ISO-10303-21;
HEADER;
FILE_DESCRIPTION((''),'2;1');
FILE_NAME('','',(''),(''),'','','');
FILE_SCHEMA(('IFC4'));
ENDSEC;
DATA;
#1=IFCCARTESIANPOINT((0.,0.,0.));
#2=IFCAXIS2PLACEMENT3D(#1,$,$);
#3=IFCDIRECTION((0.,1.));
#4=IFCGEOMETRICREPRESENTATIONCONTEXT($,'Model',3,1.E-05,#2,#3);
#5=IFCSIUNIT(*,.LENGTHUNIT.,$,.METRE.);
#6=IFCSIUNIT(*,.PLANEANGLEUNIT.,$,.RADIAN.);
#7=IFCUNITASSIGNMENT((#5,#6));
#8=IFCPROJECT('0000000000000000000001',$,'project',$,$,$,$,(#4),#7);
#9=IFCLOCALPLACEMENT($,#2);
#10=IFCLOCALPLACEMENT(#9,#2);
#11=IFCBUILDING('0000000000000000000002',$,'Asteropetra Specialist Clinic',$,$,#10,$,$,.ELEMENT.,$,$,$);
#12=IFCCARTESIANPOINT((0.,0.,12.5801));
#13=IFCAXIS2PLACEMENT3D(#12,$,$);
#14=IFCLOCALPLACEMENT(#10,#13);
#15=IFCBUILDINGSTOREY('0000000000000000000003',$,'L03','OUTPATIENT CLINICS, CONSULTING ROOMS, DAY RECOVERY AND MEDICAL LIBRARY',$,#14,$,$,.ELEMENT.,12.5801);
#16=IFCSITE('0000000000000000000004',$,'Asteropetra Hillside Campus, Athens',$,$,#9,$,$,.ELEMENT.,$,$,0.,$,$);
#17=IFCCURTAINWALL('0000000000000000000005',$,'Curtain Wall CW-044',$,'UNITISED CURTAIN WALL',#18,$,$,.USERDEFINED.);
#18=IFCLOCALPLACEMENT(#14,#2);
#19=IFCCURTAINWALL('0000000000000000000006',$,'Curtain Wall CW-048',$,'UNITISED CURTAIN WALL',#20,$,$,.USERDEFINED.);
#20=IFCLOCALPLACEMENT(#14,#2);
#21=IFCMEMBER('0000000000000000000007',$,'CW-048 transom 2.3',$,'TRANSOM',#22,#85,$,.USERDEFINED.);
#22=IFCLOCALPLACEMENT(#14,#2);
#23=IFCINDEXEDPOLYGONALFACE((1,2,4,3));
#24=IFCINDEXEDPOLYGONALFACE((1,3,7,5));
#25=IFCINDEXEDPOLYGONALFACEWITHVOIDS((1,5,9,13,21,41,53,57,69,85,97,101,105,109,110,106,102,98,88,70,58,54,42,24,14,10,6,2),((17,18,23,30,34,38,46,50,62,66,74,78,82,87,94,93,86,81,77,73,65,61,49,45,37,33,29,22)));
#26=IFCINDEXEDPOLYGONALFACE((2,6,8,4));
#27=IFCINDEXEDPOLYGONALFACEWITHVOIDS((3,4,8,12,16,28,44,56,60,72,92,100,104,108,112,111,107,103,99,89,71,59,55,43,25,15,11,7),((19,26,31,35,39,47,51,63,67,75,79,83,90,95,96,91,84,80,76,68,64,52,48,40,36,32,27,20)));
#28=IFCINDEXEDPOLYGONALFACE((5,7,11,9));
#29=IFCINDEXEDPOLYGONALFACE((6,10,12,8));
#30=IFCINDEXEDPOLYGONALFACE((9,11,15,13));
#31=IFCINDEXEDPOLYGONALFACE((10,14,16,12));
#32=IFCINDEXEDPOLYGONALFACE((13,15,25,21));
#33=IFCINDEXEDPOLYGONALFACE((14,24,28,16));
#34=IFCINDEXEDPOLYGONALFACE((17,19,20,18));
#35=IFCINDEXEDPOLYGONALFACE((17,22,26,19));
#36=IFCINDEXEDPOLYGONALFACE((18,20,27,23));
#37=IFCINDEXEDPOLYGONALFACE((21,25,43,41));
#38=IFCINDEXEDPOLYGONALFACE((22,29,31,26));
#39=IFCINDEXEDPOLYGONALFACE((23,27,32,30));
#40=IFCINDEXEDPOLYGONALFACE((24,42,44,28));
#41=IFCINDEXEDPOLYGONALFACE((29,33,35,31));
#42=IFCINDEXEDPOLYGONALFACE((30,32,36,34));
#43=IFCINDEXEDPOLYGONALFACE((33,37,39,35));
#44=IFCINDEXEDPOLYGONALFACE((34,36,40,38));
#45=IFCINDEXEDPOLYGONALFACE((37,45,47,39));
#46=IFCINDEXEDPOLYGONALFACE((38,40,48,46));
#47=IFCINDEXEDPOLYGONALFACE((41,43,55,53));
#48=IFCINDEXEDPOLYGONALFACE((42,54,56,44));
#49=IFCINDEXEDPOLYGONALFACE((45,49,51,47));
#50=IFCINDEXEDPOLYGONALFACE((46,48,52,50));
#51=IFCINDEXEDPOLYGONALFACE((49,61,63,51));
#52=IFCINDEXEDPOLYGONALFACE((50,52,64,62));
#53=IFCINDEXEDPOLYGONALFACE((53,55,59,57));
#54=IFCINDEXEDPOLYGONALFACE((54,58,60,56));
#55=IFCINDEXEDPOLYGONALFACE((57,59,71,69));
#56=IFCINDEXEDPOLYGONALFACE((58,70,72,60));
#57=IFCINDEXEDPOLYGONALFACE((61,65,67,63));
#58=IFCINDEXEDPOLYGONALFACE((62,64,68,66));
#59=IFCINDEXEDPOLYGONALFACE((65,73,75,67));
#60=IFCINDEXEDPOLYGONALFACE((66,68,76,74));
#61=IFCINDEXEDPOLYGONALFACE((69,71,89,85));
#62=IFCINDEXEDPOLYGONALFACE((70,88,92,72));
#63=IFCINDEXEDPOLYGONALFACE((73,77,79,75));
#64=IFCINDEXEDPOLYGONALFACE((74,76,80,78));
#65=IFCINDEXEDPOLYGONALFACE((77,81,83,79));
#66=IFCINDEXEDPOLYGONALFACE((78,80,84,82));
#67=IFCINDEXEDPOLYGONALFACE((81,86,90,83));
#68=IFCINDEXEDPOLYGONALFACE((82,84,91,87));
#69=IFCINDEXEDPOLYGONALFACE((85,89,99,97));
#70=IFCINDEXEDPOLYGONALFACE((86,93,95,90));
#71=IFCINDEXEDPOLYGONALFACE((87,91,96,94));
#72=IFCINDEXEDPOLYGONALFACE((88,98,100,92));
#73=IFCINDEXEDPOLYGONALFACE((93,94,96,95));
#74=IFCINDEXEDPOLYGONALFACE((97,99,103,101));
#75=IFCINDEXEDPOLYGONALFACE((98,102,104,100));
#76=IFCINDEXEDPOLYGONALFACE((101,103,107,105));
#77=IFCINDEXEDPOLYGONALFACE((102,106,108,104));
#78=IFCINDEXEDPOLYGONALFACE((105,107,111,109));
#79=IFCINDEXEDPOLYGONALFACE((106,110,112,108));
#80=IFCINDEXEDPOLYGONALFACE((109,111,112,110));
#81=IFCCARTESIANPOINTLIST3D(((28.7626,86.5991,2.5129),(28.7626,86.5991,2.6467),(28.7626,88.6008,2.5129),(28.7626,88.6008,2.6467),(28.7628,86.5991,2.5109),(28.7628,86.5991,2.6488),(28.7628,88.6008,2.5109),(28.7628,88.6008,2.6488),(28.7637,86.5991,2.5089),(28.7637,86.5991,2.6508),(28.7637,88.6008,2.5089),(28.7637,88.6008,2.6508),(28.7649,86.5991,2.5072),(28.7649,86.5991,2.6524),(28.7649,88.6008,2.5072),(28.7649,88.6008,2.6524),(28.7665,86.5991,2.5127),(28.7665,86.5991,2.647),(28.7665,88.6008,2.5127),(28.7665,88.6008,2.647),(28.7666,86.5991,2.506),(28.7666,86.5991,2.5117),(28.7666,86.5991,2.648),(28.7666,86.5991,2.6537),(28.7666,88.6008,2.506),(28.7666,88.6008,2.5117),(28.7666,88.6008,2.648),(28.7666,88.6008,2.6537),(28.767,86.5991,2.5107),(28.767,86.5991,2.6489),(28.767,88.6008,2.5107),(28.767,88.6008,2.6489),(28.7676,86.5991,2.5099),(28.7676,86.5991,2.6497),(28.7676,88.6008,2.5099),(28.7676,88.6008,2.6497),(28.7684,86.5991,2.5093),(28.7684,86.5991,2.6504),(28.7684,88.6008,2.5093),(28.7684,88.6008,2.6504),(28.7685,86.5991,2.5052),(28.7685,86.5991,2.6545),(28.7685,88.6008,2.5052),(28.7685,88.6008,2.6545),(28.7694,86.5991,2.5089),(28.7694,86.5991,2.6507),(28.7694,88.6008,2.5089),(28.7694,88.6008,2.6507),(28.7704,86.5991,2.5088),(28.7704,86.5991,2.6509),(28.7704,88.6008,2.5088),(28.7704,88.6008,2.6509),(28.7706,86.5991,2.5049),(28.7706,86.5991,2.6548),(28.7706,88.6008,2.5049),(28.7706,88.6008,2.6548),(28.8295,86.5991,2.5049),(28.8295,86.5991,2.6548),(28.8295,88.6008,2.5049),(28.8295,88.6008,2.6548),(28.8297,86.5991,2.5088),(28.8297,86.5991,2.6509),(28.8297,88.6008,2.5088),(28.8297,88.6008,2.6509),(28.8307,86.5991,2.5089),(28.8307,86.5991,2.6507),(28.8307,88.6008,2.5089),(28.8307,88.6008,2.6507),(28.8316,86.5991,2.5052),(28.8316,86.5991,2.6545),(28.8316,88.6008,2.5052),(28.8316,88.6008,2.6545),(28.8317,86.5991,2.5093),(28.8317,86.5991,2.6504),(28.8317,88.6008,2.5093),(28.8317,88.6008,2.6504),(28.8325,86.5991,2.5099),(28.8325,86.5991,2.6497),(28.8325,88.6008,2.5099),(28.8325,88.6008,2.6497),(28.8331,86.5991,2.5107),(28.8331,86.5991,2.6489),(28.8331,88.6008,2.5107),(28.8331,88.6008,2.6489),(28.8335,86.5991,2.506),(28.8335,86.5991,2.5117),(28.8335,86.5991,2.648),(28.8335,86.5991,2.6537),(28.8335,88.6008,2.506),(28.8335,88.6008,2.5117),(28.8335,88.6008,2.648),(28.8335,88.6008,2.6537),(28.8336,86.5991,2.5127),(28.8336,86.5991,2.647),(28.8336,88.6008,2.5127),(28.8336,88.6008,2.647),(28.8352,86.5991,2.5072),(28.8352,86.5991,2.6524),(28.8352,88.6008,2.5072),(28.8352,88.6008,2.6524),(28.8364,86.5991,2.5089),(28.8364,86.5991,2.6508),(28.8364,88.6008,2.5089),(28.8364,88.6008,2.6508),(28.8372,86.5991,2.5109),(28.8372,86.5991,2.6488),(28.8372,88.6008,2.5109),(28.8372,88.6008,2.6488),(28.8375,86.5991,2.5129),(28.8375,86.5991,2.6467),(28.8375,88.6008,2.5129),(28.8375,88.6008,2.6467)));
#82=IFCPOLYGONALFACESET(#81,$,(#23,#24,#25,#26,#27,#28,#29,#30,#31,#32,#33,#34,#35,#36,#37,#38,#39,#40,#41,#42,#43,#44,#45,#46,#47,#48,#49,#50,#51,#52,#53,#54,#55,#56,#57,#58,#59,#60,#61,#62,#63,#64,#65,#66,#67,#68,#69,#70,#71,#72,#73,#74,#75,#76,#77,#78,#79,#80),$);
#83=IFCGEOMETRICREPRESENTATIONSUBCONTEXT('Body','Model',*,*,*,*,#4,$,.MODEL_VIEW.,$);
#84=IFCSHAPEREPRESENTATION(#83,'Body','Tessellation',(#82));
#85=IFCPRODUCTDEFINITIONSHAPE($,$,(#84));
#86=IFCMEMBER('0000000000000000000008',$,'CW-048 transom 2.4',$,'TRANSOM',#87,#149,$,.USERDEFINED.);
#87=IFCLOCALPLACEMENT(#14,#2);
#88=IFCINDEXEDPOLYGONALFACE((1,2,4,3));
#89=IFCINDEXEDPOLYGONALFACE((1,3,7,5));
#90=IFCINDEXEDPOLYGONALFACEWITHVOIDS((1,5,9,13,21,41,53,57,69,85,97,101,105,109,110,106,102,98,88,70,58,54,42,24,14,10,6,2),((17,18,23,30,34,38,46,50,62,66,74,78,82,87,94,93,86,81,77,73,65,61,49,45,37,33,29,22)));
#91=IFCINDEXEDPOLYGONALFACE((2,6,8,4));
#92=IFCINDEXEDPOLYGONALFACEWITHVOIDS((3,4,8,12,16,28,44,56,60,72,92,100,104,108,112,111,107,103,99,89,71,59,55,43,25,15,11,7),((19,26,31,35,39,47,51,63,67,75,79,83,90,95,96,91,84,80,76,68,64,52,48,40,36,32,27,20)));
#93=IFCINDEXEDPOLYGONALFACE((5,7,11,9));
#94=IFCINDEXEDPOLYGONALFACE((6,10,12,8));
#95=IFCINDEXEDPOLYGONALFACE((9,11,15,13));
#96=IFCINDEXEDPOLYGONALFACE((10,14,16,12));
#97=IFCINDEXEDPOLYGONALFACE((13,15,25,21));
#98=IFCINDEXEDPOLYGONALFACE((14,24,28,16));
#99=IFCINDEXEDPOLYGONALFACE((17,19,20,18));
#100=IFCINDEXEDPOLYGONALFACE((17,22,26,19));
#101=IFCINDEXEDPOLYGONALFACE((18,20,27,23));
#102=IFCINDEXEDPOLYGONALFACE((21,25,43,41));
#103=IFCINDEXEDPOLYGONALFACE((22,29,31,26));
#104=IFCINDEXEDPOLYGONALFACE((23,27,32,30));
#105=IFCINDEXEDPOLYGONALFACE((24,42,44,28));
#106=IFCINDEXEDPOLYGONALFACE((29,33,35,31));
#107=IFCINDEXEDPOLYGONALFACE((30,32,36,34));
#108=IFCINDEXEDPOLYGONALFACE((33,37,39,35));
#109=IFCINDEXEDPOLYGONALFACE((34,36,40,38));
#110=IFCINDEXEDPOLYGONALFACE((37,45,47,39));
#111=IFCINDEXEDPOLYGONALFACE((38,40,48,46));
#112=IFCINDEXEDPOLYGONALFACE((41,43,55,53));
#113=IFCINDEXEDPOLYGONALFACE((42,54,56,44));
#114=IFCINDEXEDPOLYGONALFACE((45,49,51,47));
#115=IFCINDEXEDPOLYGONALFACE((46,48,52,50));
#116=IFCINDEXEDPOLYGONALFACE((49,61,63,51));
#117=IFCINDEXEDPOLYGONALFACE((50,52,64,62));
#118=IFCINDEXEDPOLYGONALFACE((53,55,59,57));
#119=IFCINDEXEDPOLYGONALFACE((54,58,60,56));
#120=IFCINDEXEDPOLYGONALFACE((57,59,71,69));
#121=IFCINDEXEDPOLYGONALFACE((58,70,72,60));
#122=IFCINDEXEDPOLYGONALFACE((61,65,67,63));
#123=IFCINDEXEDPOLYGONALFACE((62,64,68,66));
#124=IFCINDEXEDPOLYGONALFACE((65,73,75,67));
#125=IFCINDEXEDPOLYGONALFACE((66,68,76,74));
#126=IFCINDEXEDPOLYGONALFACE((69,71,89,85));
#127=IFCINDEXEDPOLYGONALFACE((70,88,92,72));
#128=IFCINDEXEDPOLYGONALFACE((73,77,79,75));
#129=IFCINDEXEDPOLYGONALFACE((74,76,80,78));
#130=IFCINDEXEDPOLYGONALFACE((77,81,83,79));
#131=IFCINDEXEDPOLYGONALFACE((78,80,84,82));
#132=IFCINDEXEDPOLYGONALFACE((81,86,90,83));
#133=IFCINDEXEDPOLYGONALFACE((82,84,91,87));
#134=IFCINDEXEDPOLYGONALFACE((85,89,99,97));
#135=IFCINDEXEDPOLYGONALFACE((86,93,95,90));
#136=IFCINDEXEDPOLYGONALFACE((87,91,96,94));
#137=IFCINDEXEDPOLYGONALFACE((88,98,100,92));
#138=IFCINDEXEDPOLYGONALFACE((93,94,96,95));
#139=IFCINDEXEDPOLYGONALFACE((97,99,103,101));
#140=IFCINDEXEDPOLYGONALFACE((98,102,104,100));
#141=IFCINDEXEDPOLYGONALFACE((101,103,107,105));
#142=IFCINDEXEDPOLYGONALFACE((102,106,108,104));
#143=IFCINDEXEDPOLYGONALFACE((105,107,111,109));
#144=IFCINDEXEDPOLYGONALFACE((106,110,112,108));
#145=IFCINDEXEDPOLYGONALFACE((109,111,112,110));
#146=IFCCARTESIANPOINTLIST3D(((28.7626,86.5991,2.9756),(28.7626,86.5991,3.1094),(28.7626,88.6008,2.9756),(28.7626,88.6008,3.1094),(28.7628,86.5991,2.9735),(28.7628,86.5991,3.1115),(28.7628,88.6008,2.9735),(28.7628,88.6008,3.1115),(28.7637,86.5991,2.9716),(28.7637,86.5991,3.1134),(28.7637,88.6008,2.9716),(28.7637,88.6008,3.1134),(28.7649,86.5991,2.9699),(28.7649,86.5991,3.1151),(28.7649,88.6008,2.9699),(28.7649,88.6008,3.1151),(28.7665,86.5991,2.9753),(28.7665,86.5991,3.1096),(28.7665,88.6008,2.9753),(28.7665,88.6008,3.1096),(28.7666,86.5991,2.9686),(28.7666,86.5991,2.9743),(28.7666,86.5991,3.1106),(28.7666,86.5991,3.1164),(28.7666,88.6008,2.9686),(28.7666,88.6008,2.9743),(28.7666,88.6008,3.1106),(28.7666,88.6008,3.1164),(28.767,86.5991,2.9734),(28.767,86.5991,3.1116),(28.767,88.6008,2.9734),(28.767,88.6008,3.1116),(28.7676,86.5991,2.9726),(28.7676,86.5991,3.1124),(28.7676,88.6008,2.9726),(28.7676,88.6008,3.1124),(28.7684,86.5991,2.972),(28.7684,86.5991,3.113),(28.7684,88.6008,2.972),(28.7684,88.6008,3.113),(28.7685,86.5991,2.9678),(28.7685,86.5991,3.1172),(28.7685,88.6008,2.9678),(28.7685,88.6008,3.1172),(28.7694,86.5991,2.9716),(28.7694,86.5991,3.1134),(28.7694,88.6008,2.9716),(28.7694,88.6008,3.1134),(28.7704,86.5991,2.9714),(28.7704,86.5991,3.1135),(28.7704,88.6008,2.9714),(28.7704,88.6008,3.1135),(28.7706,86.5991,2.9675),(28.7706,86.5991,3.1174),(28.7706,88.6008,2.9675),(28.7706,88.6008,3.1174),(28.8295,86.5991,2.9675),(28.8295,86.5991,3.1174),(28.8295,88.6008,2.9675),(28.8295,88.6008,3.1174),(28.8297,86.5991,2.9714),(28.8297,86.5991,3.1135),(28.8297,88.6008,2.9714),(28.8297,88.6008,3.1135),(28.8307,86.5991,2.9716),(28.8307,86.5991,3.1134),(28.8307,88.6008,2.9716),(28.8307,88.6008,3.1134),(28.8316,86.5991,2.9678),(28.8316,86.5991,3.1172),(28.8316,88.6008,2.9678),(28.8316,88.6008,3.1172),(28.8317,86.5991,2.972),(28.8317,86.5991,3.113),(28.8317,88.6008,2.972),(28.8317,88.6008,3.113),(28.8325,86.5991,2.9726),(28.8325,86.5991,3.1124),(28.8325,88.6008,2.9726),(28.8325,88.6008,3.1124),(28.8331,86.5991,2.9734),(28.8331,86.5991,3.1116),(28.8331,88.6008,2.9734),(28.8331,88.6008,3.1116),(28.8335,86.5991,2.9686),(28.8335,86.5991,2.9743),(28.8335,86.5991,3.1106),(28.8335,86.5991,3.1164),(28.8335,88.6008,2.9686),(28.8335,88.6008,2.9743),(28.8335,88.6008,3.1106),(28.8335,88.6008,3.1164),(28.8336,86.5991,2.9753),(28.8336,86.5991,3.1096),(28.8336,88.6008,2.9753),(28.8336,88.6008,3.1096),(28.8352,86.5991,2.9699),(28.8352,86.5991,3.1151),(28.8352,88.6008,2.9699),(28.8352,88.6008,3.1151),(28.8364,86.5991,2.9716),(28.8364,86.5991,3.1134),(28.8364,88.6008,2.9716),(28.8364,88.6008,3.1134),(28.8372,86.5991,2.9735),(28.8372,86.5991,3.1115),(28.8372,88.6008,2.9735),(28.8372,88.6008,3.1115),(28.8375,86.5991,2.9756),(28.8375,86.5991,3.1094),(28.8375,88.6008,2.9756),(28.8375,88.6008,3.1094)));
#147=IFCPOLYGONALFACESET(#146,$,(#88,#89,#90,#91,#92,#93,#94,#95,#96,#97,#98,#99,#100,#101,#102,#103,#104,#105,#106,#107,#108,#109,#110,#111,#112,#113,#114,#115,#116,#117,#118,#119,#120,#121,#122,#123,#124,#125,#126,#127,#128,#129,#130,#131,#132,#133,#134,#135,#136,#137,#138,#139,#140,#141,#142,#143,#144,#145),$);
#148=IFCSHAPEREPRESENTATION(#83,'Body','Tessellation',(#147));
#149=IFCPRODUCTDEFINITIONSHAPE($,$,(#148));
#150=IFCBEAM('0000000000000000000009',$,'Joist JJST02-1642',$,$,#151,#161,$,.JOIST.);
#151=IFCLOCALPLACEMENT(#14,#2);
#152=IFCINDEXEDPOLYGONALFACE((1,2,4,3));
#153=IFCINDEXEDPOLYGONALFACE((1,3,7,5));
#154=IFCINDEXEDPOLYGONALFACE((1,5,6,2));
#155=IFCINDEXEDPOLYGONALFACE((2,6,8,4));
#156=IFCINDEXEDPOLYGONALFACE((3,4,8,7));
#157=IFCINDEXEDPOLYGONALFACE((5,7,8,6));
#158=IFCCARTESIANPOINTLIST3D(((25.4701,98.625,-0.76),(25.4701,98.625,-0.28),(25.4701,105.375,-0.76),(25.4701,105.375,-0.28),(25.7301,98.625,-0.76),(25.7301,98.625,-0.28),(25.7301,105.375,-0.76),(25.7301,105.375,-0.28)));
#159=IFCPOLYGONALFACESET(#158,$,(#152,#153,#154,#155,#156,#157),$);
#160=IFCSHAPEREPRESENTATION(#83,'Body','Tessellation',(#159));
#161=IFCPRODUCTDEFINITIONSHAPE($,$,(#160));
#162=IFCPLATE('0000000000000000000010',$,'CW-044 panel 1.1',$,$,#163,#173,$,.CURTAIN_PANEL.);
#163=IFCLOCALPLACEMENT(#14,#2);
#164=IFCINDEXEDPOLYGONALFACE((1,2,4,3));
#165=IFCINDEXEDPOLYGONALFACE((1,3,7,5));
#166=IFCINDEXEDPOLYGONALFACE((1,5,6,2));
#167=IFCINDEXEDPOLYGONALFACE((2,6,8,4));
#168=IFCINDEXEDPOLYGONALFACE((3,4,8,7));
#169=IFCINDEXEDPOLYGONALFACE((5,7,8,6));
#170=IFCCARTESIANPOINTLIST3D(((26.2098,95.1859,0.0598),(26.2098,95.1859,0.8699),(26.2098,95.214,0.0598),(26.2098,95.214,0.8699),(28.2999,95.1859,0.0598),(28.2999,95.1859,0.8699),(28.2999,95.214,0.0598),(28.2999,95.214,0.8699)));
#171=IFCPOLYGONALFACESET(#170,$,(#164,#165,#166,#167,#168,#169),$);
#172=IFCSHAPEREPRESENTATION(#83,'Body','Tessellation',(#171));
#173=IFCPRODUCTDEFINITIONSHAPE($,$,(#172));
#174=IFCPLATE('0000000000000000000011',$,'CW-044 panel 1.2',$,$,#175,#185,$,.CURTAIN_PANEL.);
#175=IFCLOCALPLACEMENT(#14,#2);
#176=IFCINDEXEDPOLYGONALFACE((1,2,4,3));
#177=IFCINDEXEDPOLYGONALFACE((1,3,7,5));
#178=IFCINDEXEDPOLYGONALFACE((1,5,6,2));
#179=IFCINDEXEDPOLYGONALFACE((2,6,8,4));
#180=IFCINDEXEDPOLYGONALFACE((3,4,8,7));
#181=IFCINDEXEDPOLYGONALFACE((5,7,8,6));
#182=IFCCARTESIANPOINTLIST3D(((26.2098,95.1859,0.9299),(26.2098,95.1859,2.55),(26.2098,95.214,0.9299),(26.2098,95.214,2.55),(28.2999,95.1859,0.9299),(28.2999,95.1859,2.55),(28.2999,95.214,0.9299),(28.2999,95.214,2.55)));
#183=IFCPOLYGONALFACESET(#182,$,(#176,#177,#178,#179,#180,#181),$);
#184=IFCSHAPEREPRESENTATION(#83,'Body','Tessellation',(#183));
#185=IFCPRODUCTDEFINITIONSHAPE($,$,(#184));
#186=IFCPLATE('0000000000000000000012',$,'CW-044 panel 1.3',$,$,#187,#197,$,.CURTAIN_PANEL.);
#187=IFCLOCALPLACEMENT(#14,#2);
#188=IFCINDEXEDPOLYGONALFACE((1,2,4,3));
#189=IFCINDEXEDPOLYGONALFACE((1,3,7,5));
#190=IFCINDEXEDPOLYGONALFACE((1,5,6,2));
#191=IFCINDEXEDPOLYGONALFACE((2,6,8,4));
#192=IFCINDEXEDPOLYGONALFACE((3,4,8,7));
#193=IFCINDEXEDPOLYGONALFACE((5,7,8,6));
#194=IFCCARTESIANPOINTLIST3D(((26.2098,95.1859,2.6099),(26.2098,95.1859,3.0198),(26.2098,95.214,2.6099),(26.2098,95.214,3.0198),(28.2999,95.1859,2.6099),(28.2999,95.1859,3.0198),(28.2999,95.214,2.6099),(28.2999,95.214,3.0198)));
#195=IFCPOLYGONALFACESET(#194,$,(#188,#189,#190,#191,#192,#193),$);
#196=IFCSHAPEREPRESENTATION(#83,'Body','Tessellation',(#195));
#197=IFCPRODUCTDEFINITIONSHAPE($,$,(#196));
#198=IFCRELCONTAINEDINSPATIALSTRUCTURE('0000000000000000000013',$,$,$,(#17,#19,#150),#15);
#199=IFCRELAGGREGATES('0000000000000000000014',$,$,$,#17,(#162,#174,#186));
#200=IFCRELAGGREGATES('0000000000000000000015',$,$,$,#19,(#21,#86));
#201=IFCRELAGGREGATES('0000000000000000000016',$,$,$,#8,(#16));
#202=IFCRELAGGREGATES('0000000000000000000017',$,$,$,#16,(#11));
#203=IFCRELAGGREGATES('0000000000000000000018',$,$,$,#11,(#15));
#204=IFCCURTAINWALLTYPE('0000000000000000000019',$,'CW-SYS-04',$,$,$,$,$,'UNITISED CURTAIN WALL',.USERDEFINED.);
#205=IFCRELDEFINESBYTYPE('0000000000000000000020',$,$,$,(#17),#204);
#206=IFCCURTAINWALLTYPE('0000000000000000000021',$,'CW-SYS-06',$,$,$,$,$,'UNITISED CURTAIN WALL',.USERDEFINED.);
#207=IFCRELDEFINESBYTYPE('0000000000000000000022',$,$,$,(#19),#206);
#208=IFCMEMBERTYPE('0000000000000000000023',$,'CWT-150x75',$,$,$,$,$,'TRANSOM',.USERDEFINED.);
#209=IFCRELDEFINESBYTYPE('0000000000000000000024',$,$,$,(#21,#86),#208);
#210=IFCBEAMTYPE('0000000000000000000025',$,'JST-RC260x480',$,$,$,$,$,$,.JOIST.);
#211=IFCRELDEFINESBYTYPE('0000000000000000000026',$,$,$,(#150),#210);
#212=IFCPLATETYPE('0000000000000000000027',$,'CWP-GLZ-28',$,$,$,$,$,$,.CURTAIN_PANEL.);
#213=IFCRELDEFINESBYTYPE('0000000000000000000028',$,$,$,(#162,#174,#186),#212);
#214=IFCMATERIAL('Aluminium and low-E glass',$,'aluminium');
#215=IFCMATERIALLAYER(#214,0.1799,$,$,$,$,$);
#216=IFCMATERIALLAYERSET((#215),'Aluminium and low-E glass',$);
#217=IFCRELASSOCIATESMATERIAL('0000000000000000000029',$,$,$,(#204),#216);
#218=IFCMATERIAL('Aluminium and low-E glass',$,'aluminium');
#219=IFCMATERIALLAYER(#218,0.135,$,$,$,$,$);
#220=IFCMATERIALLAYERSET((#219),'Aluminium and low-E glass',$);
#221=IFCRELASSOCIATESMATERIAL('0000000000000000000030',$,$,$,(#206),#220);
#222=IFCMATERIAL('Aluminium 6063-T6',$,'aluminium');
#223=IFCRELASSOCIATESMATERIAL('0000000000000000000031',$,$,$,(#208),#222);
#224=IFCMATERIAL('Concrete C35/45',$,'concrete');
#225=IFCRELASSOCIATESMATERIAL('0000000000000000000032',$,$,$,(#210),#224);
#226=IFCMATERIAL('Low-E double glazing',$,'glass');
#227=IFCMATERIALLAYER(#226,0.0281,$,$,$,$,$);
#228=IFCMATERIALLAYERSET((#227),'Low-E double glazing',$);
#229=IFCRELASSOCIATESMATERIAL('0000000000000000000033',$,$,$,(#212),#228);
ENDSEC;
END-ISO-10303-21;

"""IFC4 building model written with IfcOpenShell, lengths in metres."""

from ifc_helpers import new_model, si_unit, direction, frame, origin, origin_2d, place, context, subcontext, project, spatial, rectangle, hollow_rectangle, extrude, material, layer, layer_set, material_profile, profile_set, type_object, element, aggregate, save


model = new_model("IFC4")

# Units and contexts
model_context = context("Model", 3, precision=1e-05, world=origin(), true_north=direction((0.0, 1.0)))
body_context = subcontext(model_context, "Body", "Model", "MODEL_VIEW")
ifc_project = project(units=[si_unit("LENGTHUNIT", "METRE"), si_unit("PLANEANGLEUNIT", "RADIAN")], contexts=[model_context])

# Site, building, storey
site_placement = place(None, origin())
site = spatial("IfcSite", under=ifc_project, at=site_placement, Name="Asteropetra Hillside Campus, Athens", CompositionType="ELEMENT", RefElevation=0.0)
building_placement = place(site_placement, origin())
building = spatial("IfcBuilding", under=site, at=building_placement, Name="Asteropetra Specialist Clinic", CompositionType="ELEMENT")
storey_placement = place(building_placement, frame((0.0, 0.0, 12.5801)))
storey = spatial("IfcBuildingStorey", under=building, at=storey_placement, Name="L03", Description="OUTPATIENT CLINICS, CONSULTING ROOMS, DAY RECOVERY AND MEDICAL LIBRARY", CompositionType="ELEMENT", Elevation=12.5801)

# Curtain wall
ifc_material_1 = material(Name="Aluminium and low-E glass", Category="aluminium")
ifc_layer_1 = layer(ifc_material_1, 0.1799)
ifc_layer_set_1 = layer_set([ifc_layer_1], Name="Aluminium and low-E glass")
curtain_wall_type_1 = type_object("IfcCurtainWallType", Name="CW-SYS-04", ElementType="UNITISED CURTAIN WALL", PredefinedType="USERDEFINED", material=ifc_layer_set_1)
curtain_wall_1_placement = place(storey_placement, origin())
curtain_wall_1 = element("IfcCurtainWall", 1, at=curtain_wall_1_placement, inside=storey, type_object=curtain_wall_type_1, Name="Curtain Wall CW-044", ObjectType="UNITISED CURTAIN WALL", PredefinedType="USERDEFINED")

# Curtain wall
ifc_material_2 = material(Name="Aluminium and low-E glass", Category="aluminium")
ifc_layer_2 = layer(ifc_material_2, 0.135)
ifc_layer_set_2 = layer_set([ifc_layer_2], Name="Aluminium and low-E glass")
curtain_wall_type_2 = type_object("IfcCurtainWallType", Name="CW-SYS-06", ElementType="UNITISED CURTAIN WALL", PredefinedType="USERDEFINED", material=ifc_layer_set_2)
curtain_wall_2_placement = place(storey_placement, origin())
curtain_wall_2 = element("IfcCurtainWall", 2, at=curtain_wall_2_placement, inside=storey, type_object=curtain_wall_type_2, Name="Curtain Wall CW-048", ObjectType="UNITISED CURTAIN WALL", PredefinedType="USERDEFINED")

# Members
ifc_material_3 = material(Name="Aluminium 6063-T6", Category="aluminium")
ifc_material_profile_1 = material_profile(ifc_material_3, hollow_rectangle(XDim=0.075, YDim=0.1499, WallThickness=0.0039, InnerFilletRadius=0.0039, OuterFilletRadius=0.0081, at=origin_2d()), Name="TRN 150x75x4.0")
ifc_profile_set_1 = profile_set([ifc_material_profile_1], Name="Aluminium 6063-T6")
member_type_1 = type_object("IfcMemberType", Name="CWT-150x75", ElementType="TRANSOM", PredefinedType="USERDEFINED", material=ifc_profile_set_1)
member_1_placement = place(storey_placement, frame((28.8, 86.5991, 2.5798), z_axis=(0.0, 1.0, 0.0), x_axis=(-1.0, 0.0, 0.0)))
member_1 = element("IfcMember", 3, at=member_1_placement, type_object=member_type_1, Name="CW-048 transom 2.3", ObjectType="TRANSOM", PredefinedType="USERDEFINED", context=body_context, shape_type="SweptSolid", body=[
    extrude(hollow_rectangle(XDim=0.075, YDim=0.1499, WallThickness=0.0039, InnerFilletRadius=0.0039, OuterFilletRadius=0.0081, at=origin_2d()), origin(), (0.0, 0.0, 1.0), 2.0017),
])
member_2_placement = place(storey_placement, frame((28.8, 86.5991, 3.0425), z_axis=(0.0, 1.0, 0.0), x_axis=(-1.0, 0.0, 0.0)))
member_2 = element("IfcMember", 4, at=member_2_placement, type_object=member_type_1, Name="CW-048 transom 2.4", ObjectType="TRANSOM", PredefinedType="USERDEFINED", context=body_context, shape_type="SweptSolid", body=[
    extrude(hollow_rectangle(XDim=0.075, YDim=0.1499, WallThickness=0.0039, InnerFilletRadius=0.0039, OuterFilletRadius=0.0081, at=origin_2d()), origin(), (0.0, 0.0, 1.0), 2.0017),
])

# Beam
ifc_material_4 = material(Name="Concrete C35/45", Category="concrete")
ifc_material_profile_2 = material_profile(ifc_material_4, rectangle(XDim=0.26, YDim=0.48, at=origin_2d()), Name="RCJ 260x480")
ifc_profile_set_2 = profile_set([ifc_material_profile_2], Name="Concrete C35/45")
beam_type = type_object("IfcBeamType", Name="JST-RC260x480", PredefinedType="JOIST", material=ifc_profile_set_2)
beam_placement = place(storey_placement, frame((25.6001, 98.625, -0.52), z_axis=(0.0, 1.0, 0.0), x_axis=(-1.0, 0.0, 0.0)))
element("IfcBeam", 5, at=beam_placement, inside=storey, type_object=beam_type, Name="Joist JJST02-1642", PredefinedType="JOIST", context=body_context, shape_type="SweptSolid", body=[
    extrude(rectangle(XDim=0.26, YDim=0.48, at=origin_2d()), origin(), (0.0, 0.0, 1.0), 6.75),
])

# Plates
ifc_material_5 = material(Name="Low-E double glazing", Category="glass")
ifc_layer_3 = layer(ifc_material_5, 0.0281)
ifc_layer_set_3 = layer_set([ifc_layer_3], Name="Low-E double glazing")
plate_type = type_object("IfcPlateType", Name="CWP-GLZ-28", PredefinedType="CURTAIN_PANEL", material=ifc_layer_set_3)
plate_1_placement = place(storey_placement, frame((27.2549, 95.2, 0.0598), z_axis=(0.0, 0.0, 1.0), x_axis=(-1.0, 0.0, 0.0)))
plate_1 = element("IfcPlate", 6, at=plate_1_placement, type_object=plate_type, Name="CW-044 panel 1.1", PredefinedType="CURTAIN_PANEL", context=body_context, shape_type="SweptSolid", body=[
    extrude(rectangle(XDim=2.0901, YDim=0.0281, at=origin_2d()), origin(), (0.0, 0.0, 1.0), 0.8101),
])
plate_2_placement = place(storey_placement, frame((27.2549, 95.2, 0.9299), z_axis=(0.0, 0.0, 1.0), x_axis=(-1.0, 0.0, 0.0)))
plate_2 = element("IfcPlate", 7, at=plate_2_placement, type_object=plate_type, Name="CW-044 panel 1.2", PredefinedType="CURTAIN_PANEL", context=body_context, shape_type="SweptSolid", body=[
    extrude(rectangle(XDim=2.0901, YDim=0.0281, at=origin_2d()), origin(), (0.0, 0.0, 1.0), 1.6201),
])
plate_3_placement = place(storey_placement, frame((27.2549, 95.2, 2.6099), z_axis=(0.0, 0.0, 1.0), x_axis=(-1.0, 0.0, 0.0)))
plate_3 = element("IfcPlate", 8, at=plate_3_placement, type_object=plate_type, Name="CW-044 panel 1.3", PredefinedType="CURTAIN_PANEL", context=body_context, shape_type="SweptSolid", body=[
    extrude(rectangle(XDim=2.0901, YDim=0.0281, at=origin_2d()), origin(), (0.0, 0.0, 1.0), 0.4099),
])
aggregate(curtain_wall_1, [plate_1, plate_2, plate_3])
aggregate(curtain_wall_2, [member_1, member_2])

save(model, "model.ifc")
